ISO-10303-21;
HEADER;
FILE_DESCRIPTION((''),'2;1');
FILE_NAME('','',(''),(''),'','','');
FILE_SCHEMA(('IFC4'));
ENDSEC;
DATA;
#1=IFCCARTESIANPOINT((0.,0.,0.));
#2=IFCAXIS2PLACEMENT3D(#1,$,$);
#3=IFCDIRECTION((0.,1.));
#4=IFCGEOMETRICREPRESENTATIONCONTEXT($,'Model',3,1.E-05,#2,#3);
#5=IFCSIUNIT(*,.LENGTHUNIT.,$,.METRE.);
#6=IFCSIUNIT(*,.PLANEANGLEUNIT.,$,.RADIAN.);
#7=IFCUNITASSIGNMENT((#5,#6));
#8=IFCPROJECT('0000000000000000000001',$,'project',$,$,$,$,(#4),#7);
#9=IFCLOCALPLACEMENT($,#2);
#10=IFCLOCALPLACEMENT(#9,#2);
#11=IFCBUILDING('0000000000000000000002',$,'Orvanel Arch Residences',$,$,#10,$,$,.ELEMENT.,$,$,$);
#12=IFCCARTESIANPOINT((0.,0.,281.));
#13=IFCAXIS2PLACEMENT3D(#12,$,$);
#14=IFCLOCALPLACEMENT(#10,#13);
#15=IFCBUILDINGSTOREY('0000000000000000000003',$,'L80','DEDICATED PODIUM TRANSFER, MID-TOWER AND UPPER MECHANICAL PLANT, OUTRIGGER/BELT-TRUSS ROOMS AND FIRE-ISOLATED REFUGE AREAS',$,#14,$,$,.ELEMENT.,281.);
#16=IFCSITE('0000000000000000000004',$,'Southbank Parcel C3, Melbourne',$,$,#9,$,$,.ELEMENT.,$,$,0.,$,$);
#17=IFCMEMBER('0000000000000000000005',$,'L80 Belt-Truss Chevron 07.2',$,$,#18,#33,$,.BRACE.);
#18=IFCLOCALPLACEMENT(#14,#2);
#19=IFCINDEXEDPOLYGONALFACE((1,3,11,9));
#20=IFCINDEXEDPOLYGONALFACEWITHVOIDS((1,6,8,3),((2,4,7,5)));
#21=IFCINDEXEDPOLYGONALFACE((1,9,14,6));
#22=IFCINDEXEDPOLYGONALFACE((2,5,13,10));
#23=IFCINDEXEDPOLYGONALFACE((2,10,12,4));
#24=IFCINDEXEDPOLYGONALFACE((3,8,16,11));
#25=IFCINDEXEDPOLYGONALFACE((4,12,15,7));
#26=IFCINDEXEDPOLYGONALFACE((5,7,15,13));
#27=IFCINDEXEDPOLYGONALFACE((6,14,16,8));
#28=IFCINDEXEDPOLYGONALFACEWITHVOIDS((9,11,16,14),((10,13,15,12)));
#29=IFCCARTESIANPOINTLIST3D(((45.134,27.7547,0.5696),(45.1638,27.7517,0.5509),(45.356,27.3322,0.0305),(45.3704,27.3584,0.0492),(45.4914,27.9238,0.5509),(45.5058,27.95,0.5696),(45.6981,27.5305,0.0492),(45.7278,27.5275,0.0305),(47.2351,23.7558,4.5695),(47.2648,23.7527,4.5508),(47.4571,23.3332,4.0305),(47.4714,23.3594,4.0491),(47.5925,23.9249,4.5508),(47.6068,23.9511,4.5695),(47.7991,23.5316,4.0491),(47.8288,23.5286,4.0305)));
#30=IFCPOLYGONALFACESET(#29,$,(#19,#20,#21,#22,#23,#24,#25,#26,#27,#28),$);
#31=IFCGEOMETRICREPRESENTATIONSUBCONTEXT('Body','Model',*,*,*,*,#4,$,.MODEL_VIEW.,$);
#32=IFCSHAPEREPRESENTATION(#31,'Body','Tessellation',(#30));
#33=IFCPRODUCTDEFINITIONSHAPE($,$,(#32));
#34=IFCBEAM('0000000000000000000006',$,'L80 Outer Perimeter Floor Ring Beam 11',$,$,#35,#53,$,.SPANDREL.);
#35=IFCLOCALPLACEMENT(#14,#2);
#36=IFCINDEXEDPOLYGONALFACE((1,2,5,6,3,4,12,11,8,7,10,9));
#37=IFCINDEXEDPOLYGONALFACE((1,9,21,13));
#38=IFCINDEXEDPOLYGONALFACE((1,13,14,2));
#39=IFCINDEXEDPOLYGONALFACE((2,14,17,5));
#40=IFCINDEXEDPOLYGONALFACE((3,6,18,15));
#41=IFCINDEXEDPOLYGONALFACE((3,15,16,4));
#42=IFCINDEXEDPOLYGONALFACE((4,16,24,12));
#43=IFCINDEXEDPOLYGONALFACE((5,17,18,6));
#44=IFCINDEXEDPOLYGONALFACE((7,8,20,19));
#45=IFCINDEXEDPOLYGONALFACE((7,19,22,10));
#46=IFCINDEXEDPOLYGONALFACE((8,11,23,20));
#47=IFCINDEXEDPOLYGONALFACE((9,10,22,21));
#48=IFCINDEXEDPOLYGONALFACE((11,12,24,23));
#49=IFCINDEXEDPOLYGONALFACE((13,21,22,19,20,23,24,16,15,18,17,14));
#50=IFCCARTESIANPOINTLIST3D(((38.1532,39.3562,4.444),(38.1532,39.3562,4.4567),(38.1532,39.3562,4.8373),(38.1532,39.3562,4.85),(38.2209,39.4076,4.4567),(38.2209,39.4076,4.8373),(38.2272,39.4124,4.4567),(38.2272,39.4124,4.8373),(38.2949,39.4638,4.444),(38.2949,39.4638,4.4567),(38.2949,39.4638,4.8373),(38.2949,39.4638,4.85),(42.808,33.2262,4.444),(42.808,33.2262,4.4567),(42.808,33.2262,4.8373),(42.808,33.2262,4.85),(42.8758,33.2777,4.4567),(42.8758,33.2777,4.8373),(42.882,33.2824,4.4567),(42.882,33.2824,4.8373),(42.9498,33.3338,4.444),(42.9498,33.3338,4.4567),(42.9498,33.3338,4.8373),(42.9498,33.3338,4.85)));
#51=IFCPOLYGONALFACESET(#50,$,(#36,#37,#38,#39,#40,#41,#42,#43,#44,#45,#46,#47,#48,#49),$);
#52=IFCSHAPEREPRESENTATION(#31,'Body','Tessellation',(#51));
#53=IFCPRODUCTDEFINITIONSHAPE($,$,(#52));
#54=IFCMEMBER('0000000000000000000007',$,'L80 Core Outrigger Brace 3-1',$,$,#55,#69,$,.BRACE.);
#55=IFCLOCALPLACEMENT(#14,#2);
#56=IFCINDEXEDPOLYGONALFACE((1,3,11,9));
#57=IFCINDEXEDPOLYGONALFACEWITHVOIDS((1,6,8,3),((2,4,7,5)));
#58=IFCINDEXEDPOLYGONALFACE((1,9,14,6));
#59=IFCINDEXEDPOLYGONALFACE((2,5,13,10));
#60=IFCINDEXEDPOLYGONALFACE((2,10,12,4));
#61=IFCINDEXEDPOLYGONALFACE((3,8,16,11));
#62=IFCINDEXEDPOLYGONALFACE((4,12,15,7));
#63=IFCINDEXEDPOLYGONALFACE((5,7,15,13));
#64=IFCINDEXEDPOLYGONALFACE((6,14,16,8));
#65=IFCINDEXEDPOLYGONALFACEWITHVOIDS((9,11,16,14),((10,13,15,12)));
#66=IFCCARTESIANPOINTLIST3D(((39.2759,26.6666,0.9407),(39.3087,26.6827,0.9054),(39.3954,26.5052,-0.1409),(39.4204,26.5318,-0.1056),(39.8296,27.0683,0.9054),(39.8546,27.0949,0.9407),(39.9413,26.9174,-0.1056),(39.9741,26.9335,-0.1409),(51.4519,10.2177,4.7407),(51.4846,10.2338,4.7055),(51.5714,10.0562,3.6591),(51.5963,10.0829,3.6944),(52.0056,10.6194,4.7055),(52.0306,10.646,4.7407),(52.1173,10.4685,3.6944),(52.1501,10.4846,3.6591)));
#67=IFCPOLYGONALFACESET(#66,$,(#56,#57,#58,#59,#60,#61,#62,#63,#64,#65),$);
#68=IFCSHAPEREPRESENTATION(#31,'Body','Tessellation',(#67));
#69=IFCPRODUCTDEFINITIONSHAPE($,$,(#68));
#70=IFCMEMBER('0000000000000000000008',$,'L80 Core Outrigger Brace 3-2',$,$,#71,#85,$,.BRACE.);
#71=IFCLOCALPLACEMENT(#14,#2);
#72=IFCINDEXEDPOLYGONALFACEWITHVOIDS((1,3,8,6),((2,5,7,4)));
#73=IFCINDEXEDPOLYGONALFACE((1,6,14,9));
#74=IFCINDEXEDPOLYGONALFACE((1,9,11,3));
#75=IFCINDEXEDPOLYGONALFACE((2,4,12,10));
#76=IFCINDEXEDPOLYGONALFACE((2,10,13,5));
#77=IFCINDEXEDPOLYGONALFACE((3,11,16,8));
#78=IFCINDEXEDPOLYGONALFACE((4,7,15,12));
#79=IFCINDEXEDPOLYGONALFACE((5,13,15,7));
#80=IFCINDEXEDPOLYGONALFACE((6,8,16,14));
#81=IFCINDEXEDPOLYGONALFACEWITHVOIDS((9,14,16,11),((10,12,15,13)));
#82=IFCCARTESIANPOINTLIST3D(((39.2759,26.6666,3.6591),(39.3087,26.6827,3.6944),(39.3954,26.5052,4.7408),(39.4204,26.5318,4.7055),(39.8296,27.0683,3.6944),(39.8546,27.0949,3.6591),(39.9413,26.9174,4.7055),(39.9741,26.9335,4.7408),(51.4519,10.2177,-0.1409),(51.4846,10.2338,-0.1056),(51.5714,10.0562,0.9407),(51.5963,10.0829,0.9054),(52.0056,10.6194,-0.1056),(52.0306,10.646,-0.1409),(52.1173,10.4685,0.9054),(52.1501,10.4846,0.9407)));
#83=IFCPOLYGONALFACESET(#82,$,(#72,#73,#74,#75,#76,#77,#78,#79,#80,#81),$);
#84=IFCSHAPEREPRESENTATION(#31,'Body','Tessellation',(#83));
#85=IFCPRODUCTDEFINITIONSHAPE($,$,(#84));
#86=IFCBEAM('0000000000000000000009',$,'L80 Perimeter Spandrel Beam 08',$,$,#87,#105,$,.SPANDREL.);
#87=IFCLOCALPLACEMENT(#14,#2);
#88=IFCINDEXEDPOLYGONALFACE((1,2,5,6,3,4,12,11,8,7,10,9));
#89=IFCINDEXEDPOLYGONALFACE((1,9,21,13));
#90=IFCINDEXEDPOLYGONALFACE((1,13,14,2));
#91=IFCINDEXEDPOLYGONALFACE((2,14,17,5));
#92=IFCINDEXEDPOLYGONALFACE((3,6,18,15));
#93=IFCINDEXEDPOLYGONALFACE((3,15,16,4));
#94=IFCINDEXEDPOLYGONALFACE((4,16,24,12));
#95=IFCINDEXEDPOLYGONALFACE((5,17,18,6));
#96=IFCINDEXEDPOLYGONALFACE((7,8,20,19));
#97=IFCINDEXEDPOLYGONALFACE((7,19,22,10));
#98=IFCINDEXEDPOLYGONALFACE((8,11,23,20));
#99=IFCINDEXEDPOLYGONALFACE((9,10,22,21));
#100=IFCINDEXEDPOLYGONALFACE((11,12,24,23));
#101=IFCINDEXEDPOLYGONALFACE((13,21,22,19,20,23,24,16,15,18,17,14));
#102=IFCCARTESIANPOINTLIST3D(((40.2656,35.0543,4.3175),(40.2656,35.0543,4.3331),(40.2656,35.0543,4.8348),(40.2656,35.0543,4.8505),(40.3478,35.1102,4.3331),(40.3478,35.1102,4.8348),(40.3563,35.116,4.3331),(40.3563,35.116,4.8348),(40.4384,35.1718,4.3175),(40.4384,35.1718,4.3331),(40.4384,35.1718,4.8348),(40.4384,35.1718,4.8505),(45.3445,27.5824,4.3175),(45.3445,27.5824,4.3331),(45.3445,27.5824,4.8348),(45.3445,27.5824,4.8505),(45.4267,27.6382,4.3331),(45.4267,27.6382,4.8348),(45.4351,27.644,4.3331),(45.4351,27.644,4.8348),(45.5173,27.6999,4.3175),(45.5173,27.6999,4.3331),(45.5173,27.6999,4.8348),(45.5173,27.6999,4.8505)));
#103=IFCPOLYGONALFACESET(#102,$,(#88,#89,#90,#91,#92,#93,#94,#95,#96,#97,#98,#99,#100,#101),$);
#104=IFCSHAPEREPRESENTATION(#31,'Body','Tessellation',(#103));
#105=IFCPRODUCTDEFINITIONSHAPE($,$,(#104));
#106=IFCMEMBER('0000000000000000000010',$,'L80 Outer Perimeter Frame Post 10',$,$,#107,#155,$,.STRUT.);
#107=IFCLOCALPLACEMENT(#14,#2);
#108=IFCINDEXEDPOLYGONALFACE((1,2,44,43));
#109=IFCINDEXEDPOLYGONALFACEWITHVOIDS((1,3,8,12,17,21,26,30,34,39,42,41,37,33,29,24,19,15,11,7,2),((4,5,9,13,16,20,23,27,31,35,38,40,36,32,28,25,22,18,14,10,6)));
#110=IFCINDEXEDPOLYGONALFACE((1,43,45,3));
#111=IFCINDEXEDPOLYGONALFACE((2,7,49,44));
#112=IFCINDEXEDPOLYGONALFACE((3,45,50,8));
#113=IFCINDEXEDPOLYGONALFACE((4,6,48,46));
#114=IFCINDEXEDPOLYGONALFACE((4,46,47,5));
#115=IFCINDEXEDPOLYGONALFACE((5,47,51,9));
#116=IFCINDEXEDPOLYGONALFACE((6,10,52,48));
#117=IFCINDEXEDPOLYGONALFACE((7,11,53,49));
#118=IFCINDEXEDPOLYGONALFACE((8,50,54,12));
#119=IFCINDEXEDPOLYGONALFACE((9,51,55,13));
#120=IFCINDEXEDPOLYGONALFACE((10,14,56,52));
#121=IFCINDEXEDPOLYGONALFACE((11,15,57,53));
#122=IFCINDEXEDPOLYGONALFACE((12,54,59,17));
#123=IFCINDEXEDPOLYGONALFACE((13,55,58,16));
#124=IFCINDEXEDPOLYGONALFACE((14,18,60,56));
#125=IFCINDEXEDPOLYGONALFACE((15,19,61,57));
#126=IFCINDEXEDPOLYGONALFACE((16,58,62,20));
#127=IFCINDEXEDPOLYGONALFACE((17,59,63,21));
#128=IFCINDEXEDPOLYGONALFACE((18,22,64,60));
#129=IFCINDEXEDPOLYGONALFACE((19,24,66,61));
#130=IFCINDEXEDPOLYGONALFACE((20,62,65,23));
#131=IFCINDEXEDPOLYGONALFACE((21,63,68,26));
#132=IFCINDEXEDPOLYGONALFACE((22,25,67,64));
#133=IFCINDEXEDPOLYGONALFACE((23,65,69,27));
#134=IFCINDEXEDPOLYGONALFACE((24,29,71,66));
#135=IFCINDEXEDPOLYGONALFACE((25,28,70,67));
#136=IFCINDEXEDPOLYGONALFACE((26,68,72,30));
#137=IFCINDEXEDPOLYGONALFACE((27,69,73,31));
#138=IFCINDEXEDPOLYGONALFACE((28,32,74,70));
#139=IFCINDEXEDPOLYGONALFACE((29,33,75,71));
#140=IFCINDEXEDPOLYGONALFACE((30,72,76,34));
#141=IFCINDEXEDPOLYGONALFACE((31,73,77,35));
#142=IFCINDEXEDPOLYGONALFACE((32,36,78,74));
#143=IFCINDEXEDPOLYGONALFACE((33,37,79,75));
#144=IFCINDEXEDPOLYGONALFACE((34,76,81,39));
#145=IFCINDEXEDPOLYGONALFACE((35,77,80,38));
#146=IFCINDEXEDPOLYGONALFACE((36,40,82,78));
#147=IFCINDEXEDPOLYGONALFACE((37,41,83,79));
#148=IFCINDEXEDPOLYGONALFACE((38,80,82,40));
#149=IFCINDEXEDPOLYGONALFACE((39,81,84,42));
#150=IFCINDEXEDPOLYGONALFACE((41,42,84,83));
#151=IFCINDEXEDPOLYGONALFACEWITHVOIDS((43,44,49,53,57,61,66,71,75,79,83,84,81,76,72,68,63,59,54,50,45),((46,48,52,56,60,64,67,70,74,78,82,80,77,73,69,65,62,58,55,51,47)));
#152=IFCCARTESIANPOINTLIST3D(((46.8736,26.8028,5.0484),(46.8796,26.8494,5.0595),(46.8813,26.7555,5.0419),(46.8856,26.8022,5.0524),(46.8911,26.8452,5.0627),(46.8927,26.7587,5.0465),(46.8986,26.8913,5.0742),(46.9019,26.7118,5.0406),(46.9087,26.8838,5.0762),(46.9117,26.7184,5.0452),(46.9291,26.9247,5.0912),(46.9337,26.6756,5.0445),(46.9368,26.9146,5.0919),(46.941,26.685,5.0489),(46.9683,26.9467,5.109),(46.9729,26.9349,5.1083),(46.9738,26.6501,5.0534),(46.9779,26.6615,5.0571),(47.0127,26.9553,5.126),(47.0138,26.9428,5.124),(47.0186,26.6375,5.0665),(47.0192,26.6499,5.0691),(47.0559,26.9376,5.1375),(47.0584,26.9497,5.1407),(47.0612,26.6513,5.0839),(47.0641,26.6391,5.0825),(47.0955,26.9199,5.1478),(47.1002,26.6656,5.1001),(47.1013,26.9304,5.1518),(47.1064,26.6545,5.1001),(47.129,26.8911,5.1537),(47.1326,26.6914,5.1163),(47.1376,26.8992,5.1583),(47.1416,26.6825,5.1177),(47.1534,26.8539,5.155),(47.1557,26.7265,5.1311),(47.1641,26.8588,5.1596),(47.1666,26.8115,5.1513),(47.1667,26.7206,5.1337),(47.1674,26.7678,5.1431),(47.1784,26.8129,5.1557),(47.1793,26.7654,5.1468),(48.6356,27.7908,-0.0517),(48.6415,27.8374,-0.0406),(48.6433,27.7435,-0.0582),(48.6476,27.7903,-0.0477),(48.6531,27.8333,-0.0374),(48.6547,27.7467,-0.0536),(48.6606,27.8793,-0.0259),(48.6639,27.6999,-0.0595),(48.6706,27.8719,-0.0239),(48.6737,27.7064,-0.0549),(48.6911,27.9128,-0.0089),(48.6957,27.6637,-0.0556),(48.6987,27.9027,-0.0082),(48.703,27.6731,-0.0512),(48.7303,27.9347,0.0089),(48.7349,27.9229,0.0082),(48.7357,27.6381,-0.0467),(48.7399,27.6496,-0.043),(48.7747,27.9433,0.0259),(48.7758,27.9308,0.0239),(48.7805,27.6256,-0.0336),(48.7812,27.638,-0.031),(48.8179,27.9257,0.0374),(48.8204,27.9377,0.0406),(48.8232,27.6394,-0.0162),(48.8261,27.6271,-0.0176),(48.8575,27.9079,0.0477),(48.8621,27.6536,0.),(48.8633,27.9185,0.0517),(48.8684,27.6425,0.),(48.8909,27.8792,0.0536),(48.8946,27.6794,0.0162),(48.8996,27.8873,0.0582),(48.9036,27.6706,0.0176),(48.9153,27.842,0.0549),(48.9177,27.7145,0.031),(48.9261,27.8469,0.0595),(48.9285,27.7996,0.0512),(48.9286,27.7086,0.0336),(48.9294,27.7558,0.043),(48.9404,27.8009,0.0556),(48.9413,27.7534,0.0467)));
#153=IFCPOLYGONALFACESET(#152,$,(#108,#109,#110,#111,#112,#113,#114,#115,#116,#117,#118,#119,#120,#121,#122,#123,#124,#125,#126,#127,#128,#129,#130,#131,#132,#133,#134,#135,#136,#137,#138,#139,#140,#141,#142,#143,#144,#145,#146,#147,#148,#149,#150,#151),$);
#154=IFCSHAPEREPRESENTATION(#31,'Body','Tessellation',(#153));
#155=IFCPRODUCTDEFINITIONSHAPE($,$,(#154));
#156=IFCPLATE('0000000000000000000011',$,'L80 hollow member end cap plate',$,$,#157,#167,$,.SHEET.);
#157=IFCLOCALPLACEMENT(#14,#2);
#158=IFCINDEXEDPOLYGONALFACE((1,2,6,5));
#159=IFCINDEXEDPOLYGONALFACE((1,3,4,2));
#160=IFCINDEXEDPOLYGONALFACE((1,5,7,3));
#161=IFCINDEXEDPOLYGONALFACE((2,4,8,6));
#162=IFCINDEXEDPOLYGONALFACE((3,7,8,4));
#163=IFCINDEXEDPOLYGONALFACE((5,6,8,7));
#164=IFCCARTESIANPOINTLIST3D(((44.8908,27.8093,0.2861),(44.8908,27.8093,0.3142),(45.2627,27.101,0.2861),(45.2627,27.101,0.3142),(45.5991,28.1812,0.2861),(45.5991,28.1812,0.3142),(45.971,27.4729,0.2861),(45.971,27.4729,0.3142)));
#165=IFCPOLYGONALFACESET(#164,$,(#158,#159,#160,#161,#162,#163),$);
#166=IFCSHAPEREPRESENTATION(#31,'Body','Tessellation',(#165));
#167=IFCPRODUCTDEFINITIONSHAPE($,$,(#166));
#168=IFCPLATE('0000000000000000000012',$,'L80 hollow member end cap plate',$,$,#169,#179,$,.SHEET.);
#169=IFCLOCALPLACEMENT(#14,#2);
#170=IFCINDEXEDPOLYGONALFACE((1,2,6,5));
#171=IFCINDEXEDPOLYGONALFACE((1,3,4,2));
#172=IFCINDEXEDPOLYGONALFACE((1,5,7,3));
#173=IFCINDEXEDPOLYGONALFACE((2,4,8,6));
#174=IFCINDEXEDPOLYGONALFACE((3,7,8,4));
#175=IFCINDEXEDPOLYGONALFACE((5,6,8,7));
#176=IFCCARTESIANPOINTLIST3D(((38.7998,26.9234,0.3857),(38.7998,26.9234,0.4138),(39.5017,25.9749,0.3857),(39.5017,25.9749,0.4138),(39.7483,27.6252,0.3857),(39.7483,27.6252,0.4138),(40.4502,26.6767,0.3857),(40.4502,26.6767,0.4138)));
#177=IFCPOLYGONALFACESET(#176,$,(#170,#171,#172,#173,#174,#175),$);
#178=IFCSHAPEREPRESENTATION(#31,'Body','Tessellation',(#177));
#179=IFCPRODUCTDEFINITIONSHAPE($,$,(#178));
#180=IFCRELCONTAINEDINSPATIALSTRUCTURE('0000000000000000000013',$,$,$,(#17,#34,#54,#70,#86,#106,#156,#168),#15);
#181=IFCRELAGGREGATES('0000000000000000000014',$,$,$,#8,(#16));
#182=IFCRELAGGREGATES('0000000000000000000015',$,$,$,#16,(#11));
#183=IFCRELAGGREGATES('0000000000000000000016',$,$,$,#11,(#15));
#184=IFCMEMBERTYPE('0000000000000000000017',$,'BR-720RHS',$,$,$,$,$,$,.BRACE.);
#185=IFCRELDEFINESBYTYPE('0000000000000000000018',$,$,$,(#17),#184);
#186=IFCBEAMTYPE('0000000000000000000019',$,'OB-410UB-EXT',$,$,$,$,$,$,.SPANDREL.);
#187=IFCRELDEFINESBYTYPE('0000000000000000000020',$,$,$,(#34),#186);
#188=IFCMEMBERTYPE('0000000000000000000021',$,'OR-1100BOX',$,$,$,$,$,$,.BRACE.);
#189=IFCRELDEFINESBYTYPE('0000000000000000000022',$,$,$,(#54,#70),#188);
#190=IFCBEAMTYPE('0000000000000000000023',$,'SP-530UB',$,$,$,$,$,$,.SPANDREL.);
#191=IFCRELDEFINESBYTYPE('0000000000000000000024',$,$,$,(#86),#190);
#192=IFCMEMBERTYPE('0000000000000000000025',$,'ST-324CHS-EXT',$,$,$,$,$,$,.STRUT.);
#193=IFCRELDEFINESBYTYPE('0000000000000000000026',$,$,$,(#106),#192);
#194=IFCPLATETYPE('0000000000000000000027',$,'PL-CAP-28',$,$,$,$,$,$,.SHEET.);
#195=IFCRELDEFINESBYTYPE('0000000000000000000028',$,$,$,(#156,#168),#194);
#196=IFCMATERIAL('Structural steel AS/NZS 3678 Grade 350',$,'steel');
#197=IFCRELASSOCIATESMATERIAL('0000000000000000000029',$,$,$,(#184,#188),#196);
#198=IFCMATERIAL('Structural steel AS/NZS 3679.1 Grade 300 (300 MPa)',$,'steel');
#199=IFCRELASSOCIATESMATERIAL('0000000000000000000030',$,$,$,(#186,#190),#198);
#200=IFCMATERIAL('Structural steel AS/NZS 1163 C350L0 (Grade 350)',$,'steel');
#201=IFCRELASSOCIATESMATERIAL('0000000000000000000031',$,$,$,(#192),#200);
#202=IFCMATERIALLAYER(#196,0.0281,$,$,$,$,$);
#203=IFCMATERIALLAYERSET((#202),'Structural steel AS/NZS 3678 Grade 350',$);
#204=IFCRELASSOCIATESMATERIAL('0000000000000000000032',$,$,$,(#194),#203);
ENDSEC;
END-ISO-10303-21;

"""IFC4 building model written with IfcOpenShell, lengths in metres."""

from ifc_helpers import new_model, si_unit, direction, frame, origin, origin_2d, place, context, subcontext, project, spatial, rectangle, hollow_rectangle, hollow_circle, i_section, extrude, material, layer, layer_set, material_profile, profile_set, type_object, element, save


model = new_model("IFC4")

# Units and contexts
model_context = context("Model", 3, precision=1e-05, world=origin(), true_north=direction((0.0, 1.0)))
body_context = subcontext(model_context, "Body", "Model", "MODEL_VIEW")
ifc_project = project(units=[si_unit("LENGTHUNIT", "METRE"), si_unit("PLANEANGLEUNIT", "RADIAN")], contexts=[model_context])

# Site, building, storey
site_placement = place(None, origin())
site = spatial("IfcSite", under=ifc_project, at=site_placement, Name="Southbank Parcel C3, Melbourne", CompositionType="ELEMENT", RefElevation=0.0)
building_placement = place(site_placement, origin())
building = spatial("IfcBuilding", under=site, at=building_placement, Name="Orvanel Arch Residences", CompositionType="ELEMENT")
storey_placement = place(building_placement, frame((0.0, 0.0, 281.0)))
storey = spatial("IfcBuildingStorey", under=building, at=storey_placement, Name="L80", Description="DEDICATED PODIUM TRANSFER, MID-TOWER AND UPPER MECHANICAL PLANT, OUTRIGGER/BELT-TRUSS ROOMS AND FIRE-ISOLATED REFUGE AREAS", CompositionType="ELEMENT", Elevation=281.0)

# Shared definitions
ifc_material_1 = material(Name="Structural steel AS/NZS 1163 C350L0 (Grade 350)", Category="steel")

# Shared definitions
ifc_material_2 = material(Name="Structural steel AS/NZS 3679.1 Grade 300 (300 MPa)", Category="steel")

# Member
ifc_material_3 = material(Name="Structural steel AS/NZS 3678 Grade 350", Category="steel")
ifc_material_profile_1 = material_profile(ifc_material_3, hollow_rectangle(XDim=0.4199, YDim=0.72, WallThickness=0.0249, at=origin_2d()), Name="RHS720x420x25")
ifc_profile_set_1 = profile_set([ifc_material_profile_1], Name="Structural steel AS/NZS 3678 Grade 350")
member_type_1 = type_object("IfcMemberType", Name="BR-720RHS", PredefinedType="BRACE", material=ifc_profile_set_1)
member_1_placement = place(storey_placement, frame((45.4309, 27.6411, 0.3), z_axis=(0.348218, -0.662771, 0.662933), x_axis=(0.885253, 0.465109, 0.0)))
element("IfcMember", 1, at=member_1_placement, inside=storey, type_object=member_type_1, Name="L80 Belt-Truss Chevron 07.2", PredefinedType="BRACE", context=body_context, shape_type="SweptSolid", body=[
    extrude(hollow_rectangle(XDim=0.4199, YDim=0.72, WallThickness=0.0249, at=origin_2d()), origin(), (0.0, 0.0, 1.0), 6.0337),
])

# Beam
ifc_material_profile_2 = material_profile(ifc_material_2, i_section(OverallWidth=0.178, OverallDepth=0.406, WebThickness=0.0078, FlangeThickness=0.0127, at=origin_2d()), Name="410UB59.7")
ifc_profile_set_2 = profile_set([ifc_material_profile_2], Name="Structural steel AS/NZS 3679.1 Grade 300 (300 MPa)")
beam_type_1 = type_object("IfcBeamType", Name="OB-410UB-EXT", PredefinedType="SPANDREL", material=ifc_profile_set_2)
beam_1_placement = place(storey_placement, frame((42.8789, 33.28, 4.647), z_axis=(-0.60476, 0.796408, 0.0), x_axis=(-0.796408, -0.60476, 0.0)))
element("IfcBeam", 2, at=beam_1_placement, inside=storey, type_object=beam_type_1, Name="L80 Outer Perimeter Floor Ring Beam 11", PredefinedType="SPANDREL", context=body_context, shape_type="SweptSolid", body=[
    extrude(i_section(OverallWidth=0.178, OverallDepth=0.406, WebThickness=0.0078, FlangeThickness=0.0127, at=origin_2d()), origin(), (0.0, 0.0, 1.0), 7.697),
])

# Members
ifc_material_profile_3 = material_profile(ifc_material_3, hollow_rectangle(XDim=0.72, YDim=1.1001, WallThickness=0.0359, at=origin_2d()), Name="BOX1100x720x36")
ifc_profile_set_3 = profile_set([ifc_material_profile_3], Name="Structural steel AS/NZS 3678 Grade 350")
member_type_2 = type_object("IfcMemberType", Name="OR-1100BOX", PredefinedType="BRACE", material=ifc_profile_set_3)
for number, where, z_axis, x_axis, name in (
    (3, (39.625, 26.8, 0.3999), (0.584964, -0.790246, 0.182563), (0.803753, 0.594962, 0.0), "L80 Core Outrigger Brace 3-1"),
    (4, (39.625, 26.8, 4.2), (0.584964, -0.790246, -0.182563), (0.803753, 0.594962, 0.0), "L80 Core Outrigger Brace 3-2"),
):
    element("IfcMember", number, at=place(storey_placement, frame(where, z_axis=z_axis, x_axis=x_axis)), inside=storey, type_object=member_type_2, Name=name, PredefinedType="BRACE", context=body_context, shape_type="SweptSolid", body=[
        extrude(hollow_rectangle(XDim=0.72, YDim=1.1001, WallThickness=0.0359, at=origin_2d()), origin(), (0.0, 0.0, 1.0), 20.8149),
    ])

# Beam
ifc_material_profile_4 = material_profile(ifc_material_2, i_section(OverallWidth=0.209, OverallDepth=0.533, WebThickness=0.0103, FlangeThickness=0.0156, at=origin_2d()), Name="530UB92.4")
ifc_profile_set_4 = profile_set([ifc_material_profile_4], Name="Structural steel AS/NZS 3679.1 Grade 300 (300 MPa)")
beam_type_2 = type_object("IfcBeamType", Name="SP-530UB", PredefinedType="SPANDREL", material=ifc_profile_set_4)
beam_2_placement = place(storey_placement, frame((45.4309, 27.6411, 4.584), z_axis=(-0.562155, 0.827032, 0.0), x_axis=(-0.827032, -0.562155, 0.0)))
element("IfcBeam", 5, at=beam_2_placement, inside=storey, type_object=beam_type_2, Name="L80 Perimeter Spandrel Beam 08", PredefinedType="SPANDREL", context=body_context, shape_type="SweptSolid", body=[
    extrude(i_section(OverallWidth=0.209, OverallDepth=0.533, WebThickness=0.0103, FlangeThickness=0.0156, at=origin_2d()), origin(), (0.0, 0.0, 1.0), 9.0347),
])

# Member
ifc_material_profile_5 = material_profile(ifc_material_1, hollow_circle(Radius=0.1621, WallThickness=0.0127, at=origin_2d()), Name="CHS324x12.7")
ifc_profile_set_5 = profile_set([ifc_material_profile_5], Name="Structural steel AS/NZS 1163 C350L0 (Grade 350)")
member_type_3 = type_object("IfcMemberType", Name="ST-324CHS-EXT", PredefinedType="STRUT", material=ifc_profile_set_5)
member_2_placement = place(storey_placement, frame((48.7891, 27.7839, 0.0), z_axis=(-0.321198, -0.180115, 0.929726), x_axis=(0.489107, -0.872224, 0.0)))
element("IfcMember", 6, at=member_2_placement, inside=storey, type_object=member_type_3, Name="L80 Outer Perimeter Frame Post 10", PredefinedType="STRUT", context=body_context, shape_type="SweptSolid", body=[
    extrude(hollow_circle(Radius=0.1621, WallThickness=0.0127, at=origin_2d()), origin(), (0.0, 0.0, 1.0), 5.4856),
])

# Plates
ifc_layer_1 = layer(ifc_material_3, 0.0281)
ifc_layer_set_1 = layer_set([ifc_layer_1], Name="Structural steel AS/NZS 3678 Grade 350")
plate_type = type_object("IfcPlateType", Name="PL-CAP-28", PredefinedType="SHEET", material=ifc_layer_set_1)
plate_placement = place(storey_placement, frame((45.4309, 27.6411, 0.2861), z_axis=(0.0, 0.0, 1.0), x_axis=(-0.464842, 0.885394, 0.0)))
element("IfcPlate", 7, at=plate_placement, inside=storey, type_object=plate_type, Name="L80 hollow member end cap plate", PredefinedType="SHEET", context=body_context, shape_type="SweptSolid", body=[
    extrude(rectangle(XDim=0.8, YDim=0.8, at=origin_2d()), origin(), (0.0, 0.0, 1.0), 0.0281),
])
for number, where, z_axis, x_axis, name in (
    (8, (39.625, 26.8, 0.3857), (0.0, 0.0, 1.0), (-0.594823, 0.803857, 0.0), "L80 hollow member end cap plate"),
):
    element("IfcPlate", number, at=place(storey_placement, frame(where, z_axis=z_axis, x_axis=x_axis)), inside=storey, type_object=plate_type, Name=name, PredefinedType="SHEET", context=body_context, shape_type="SweptSolid", body=[
        extrude(rectangle(XDim=1.1799, YDim=1.1799, at=origin_2d()), origin(), (0.0, 0.0, 1.0), 0.0281),
    ])

save(model, "model.ifc")
